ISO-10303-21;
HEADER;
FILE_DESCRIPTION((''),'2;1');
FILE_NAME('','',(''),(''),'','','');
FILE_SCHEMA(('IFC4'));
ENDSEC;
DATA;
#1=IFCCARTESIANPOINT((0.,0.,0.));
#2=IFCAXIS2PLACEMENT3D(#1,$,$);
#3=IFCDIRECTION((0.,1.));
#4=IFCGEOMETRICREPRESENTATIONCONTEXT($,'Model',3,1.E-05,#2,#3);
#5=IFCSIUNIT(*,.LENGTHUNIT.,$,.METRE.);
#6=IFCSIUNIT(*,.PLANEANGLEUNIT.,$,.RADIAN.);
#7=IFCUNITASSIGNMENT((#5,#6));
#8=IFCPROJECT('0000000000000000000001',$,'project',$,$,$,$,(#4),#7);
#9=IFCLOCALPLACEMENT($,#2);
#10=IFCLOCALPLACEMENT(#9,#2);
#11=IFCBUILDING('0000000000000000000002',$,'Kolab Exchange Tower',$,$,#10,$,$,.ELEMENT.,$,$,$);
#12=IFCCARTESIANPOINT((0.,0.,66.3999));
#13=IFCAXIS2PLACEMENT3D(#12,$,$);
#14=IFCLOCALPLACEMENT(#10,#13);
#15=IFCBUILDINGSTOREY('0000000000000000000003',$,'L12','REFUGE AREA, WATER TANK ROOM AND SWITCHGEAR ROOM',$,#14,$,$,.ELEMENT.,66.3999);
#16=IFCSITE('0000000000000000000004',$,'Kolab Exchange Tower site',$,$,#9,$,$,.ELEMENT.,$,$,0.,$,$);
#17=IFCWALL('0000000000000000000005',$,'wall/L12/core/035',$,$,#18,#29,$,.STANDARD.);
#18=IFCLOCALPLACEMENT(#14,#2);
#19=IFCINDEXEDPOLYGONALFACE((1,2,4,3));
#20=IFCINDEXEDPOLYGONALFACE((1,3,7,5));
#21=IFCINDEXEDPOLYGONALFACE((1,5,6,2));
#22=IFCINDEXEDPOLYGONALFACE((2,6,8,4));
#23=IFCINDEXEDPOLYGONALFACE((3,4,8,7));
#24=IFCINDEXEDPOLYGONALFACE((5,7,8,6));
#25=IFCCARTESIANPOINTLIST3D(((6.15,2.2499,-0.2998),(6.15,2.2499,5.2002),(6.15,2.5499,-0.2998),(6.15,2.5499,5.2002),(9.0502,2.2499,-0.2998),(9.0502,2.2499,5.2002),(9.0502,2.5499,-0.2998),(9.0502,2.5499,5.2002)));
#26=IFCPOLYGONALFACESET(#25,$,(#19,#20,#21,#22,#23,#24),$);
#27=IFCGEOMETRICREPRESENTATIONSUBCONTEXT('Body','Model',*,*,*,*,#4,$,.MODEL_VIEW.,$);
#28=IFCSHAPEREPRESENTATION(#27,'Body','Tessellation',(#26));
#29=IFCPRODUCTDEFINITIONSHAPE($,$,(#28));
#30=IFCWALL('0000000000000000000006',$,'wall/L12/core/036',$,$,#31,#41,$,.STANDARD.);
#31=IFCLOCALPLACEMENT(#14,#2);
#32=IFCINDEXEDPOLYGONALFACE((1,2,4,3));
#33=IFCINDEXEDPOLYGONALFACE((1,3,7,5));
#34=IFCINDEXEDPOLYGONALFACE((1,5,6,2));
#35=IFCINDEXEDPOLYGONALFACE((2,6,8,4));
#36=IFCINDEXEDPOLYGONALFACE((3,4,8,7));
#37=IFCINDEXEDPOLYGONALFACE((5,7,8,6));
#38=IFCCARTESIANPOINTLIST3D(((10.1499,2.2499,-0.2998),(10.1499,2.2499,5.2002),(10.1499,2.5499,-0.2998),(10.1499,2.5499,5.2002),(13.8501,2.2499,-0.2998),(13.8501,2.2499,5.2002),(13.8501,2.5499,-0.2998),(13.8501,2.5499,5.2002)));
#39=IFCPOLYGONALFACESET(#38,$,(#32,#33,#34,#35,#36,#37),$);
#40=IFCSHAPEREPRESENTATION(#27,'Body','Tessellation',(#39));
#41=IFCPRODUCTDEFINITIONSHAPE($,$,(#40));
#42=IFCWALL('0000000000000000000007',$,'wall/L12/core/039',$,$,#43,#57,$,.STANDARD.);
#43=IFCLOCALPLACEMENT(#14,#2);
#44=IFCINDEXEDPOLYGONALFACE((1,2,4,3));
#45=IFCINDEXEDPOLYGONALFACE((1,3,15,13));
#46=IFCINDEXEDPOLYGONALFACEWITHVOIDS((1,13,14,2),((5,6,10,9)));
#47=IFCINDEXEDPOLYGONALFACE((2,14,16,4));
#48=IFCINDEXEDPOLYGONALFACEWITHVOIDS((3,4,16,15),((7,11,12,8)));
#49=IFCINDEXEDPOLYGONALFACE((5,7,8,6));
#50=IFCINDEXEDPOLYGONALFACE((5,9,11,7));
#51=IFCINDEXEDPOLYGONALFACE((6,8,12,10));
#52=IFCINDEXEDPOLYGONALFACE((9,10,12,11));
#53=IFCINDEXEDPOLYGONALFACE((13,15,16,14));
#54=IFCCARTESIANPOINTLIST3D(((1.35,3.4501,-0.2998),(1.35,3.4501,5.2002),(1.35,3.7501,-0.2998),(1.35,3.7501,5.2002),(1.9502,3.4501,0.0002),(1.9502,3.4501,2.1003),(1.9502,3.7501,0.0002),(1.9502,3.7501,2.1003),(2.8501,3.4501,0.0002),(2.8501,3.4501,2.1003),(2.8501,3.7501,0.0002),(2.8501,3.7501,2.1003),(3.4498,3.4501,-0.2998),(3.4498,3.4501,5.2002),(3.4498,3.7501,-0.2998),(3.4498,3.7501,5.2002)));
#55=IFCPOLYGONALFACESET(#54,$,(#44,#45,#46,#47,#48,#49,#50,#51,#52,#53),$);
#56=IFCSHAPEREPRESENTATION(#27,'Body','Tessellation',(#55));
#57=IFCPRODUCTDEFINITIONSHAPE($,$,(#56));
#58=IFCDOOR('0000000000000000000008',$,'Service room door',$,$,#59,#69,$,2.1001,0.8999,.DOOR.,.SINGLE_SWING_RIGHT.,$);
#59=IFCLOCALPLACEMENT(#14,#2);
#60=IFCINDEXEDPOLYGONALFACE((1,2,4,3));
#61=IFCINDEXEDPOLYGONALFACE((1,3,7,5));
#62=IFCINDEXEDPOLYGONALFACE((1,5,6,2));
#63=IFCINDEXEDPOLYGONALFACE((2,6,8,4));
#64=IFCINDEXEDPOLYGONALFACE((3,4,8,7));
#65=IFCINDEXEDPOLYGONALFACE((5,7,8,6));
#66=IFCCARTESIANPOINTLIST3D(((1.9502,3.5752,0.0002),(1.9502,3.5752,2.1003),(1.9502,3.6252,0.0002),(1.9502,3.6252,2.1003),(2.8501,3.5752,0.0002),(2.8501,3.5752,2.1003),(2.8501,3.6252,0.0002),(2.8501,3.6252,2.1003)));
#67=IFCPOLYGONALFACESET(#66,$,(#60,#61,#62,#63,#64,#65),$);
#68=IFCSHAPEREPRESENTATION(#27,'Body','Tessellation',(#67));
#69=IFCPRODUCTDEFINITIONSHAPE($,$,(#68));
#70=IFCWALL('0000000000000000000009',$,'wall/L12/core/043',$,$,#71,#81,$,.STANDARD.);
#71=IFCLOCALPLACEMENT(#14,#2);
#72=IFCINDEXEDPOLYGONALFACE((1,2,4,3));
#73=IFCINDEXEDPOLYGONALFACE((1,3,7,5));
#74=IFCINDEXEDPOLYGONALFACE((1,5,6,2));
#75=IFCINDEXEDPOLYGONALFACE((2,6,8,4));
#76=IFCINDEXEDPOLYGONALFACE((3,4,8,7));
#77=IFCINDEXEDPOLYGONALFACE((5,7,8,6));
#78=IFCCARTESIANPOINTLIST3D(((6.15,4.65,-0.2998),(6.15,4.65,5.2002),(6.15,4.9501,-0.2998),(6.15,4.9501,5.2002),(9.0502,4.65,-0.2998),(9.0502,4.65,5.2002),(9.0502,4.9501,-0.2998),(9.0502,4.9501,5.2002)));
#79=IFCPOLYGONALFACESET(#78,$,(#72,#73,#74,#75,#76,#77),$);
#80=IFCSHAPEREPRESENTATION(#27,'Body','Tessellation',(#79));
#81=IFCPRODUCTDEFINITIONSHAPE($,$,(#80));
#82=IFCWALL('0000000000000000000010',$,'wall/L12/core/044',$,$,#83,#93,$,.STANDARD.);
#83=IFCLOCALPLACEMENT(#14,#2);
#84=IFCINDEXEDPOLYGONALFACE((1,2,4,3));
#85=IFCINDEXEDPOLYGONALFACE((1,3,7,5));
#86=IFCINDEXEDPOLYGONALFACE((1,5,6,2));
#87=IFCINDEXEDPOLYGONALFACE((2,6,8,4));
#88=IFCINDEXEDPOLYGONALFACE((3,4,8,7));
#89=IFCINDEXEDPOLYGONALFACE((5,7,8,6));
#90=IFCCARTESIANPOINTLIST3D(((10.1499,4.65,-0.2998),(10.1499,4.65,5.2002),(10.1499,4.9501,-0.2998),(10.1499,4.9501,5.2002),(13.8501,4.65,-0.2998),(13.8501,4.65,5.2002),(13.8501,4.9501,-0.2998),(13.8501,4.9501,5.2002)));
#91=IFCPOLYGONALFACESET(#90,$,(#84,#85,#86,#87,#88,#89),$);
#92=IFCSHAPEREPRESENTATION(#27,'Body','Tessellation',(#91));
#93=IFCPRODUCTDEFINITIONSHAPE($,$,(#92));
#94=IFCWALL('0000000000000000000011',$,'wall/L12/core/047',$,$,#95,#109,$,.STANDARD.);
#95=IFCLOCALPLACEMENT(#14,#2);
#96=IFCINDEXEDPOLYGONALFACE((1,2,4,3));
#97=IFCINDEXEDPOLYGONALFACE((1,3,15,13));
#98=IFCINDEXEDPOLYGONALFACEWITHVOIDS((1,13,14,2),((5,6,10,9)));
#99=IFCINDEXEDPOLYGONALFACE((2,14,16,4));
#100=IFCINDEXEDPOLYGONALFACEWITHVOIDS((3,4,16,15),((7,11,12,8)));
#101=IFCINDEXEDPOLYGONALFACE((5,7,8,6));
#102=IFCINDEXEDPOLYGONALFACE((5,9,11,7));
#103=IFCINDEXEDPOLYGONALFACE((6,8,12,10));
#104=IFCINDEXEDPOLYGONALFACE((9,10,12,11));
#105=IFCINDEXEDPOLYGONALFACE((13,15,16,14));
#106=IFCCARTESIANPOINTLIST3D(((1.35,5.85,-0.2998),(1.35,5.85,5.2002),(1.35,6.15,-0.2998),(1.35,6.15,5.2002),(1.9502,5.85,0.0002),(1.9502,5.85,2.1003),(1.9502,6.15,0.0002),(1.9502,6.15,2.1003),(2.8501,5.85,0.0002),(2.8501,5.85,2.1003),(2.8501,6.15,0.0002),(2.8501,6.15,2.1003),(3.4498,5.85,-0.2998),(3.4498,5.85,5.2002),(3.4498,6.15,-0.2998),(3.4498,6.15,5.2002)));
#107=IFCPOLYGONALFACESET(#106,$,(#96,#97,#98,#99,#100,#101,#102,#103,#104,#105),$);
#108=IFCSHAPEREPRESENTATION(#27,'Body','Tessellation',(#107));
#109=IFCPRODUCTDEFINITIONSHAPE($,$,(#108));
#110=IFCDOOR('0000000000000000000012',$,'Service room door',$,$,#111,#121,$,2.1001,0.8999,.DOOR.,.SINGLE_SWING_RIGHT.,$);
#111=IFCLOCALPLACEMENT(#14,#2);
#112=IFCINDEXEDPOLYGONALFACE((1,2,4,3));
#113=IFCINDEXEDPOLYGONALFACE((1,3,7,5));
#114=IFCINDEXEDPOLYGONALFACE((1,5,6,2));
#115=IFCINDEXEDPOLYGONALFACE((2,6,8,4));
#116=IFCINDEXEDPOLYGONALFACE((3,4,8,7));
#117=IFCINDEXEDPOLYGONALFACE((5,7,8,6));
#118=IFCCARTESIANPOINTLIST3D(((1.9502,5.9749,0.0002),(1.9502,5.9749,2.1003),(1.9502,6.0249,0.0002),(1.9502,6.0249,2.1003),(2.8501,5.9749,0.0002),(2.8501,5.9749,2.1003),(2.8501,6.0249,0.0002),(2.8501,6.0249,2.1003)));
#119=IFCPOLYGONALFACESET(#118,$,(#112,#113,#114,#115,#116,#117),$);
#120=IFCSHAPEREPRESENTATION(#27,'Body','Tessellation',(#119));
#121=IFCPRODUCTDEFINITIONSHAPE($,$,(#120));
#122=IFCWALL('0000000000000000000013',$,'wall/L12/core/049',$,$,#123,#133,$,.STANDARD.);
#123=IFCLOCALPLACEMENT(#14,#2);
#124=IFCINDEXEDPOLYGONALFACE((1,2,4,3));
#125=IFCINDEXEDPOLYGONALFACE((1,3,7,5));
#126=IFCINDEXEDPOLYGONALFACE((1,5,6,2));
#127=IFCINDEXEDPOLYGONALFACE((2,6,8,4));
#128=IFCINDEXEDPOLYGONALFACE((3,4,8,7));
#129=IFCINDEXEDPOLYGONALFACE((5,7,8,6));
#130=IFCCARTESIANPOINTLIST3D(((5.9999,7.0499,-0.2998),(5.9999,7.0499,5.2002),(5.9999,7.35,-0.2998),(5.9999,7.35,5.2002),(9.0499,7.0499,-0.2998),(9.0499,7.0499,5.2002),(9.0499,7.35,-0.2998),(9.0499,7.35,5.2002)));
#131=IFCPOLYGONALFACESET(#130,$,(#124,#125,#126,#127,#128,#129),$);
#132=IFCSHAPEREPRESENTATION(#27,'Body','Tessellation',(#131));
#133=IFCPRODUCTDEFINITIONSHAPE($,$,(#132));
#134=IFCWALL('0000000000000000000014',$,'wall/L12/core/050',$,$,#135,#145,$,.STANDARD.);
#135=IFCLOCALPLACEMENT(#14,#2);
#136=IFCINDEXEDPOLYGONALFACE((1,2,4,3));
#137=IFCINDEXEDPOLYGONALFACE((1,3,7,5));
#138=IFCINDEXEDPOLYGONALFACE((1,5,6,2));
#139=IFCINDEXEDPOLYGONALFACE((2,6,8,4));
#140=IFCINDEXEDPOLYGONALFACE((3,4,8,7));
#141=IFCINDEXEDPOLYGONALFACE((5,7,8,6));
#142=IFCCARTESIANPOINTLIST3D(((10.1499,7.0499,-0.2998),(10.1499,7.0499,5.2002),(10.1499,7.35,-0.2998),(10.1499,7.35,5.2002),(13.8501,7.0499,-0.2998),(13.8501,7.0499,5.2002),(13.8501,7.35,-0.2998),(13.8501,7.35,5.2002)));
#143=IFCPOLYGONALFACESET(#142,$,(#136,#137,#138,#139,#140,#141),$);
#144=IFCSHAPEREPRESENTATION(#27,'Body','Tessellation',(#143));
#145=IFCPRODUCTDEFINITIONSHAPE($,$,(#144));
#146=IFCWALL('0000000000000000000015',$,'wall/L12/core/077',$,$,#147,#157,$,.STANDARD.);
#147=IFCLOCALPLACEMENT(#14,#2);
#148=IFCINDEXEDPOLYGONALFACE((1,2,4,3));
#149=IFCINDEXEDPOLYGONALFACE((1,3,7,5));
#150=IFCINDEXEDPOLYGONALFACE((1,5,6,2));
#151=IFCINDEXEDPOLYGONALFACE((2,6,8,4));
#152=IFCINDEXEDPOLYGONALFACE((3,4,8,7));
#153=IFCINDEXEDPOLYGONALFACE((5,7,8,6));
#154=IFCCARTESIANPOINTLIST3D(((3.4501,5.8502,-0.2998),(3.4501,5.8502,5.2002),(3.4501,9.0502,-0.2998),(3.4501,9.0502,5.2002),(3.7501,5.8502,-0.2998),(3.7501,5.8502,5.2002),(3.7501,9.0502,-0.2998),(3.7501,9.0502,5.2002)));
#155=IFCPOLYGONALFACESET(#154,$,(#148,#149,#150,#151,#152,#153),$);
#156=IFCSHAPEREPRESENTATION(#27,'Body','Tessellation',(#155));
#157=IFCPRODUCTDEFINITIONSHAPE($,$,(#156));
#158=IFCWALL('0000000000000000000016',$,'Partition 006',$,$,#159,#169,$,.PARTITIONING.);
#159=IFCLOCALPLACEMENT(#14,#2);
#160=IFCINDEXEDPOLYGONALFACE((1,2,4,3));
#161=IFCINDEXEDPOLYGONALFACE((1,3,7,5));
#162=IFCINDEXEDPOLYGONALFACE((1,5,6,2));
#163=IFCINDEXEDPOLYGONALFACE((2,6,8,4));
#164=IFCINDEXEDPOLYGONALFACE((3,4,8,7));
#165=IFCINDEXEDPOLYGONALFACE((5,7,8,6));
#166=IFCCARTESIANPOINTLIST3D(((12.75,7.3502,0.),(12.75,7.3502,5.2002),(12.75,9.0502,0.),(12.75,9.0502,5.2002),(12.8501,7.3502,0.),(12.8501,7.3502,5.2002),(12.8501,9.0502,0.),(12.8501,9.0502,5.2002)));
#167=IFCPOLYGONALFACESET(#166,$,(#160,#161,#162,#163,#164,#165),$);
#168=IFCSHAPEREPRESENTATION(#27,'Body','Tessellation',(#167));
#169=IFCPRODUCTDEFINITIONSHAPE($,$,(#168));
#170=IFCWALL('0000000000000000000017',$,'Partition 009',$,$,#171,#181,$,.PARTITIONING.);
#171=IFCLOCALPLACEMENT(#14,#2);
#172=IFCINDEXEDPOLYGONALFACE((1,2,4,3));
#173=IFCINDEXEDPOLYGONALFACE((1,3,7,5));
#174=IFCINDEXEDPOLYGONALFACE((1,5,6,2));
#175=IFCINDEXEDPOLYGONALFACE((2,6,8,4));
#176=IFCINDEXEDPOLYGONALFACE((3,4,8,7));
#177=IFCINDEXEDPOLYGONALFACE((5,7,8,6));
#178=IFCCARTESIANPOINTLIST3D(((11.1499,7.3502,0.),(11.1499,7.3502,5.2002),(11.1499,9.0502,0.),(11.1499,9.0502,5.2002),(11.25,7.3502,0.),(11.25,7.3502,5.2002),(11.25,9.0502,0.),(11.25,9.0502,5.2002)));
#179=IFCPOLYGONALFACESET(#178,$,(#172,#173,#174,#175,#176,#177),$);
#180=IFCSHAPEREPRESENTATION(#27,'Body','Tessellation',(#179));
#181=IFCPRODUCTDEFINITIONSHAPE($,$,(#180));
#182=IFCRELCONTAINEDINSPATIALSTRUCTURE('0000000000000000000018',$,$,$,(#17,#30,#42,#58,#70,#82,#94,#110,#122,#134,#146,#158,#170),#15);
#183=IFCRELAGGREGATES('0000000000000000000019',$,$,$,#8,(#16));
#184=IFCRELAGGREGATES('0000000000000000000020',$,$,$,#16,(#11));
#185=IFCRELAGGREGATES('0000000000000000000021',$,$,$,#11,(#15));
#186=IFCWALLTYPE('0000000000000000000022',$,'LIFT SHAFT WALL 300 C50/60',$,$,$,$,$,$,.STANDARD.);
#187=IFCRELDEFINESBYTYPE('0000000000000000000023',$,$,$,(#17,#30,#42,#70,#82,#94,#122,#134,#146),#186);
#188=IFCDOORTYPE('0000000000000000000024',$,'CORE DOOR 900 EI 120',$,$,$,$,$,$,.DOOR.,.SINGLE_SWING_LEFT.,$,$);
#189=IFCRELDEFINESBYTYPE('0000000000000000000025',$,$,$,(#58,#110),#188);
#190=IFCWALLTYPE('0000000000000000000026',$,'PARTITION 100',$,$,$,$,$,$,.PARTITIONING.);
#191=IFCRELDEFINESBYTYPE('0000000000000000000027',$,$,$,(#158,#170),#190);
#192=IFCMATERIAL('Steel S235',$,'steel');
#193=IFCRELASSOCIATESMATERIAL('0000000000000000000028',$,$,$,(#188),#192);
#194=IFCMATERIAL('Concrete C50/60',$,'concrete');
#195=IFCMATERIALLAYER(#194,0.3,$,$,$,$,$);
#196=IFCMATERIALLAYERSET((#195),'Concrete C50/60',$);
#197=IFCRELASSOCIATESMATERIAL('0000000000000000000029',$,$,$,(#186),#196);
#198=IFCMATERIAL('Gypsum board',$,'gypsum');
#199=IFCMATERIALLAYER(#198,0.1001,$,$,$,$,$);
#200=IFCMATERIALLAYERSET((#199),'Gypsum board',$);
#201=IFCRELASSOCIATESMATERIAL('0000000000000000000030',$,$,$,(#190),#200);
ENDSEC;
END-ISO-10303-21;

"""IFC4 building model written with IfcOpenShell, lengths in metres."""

from ifc_helpers import new_model, si_unit, direction, frame, frame_2d, origin, place, context, subcontext, project, spatial, rectangle, extrude, material, layer, layer_set, type_object, element, fill, save


model = new_model("IFC4")

# Units and contexts
model_context = context("Model", 3, precision=1e-05, world=origin(), true_north=direction((0.0, 1.0)))
body_context = subcontext(model_context, "Body", "Model", "MODEL_VIEW")
ifc_project = project(units=[si_unit("LENGTHUNIT", "METRE"), si_unit("PLANEANGLEUNIT", "RADIAN")], contexts=[model_context])

# Site, building, storey
site_placement = place(None, origin())
site = spatial("IfcSite", under=ifc_project, at=site_placement, Name="Kolab Exchange Tower site", CompositionType="ELEMENT", RefElevation=0.0)
building_placement = place(site_placement, origin())
building = spatial("IfcBuilding", under=site, at=building_placement, Name="Kolab Exchange Tower", CompositionType="ELEMENT")
storey_placement = place(building_placement, frame((0.0, 0.0, 66.3999)))
storey = spatial("IfcBuildingStorey", under=building, at=storey_placement, Name="L12", Description="REFUGE AREA, WATER TANK ROOM AND SWITCHGEAR ROOM", CompositionType="ELEMENT", Elevation=66.3999)

# Shared definitions
ifc_material_1 = material(Name="Steel S235", Category="steel")
door_type_1 = type_object("IfcDoorType", Name="CORE DOOR 900 EI 120", OperationType="SINGLE_SWING_LEFT", PredefinedType="DOOR", material=ifc_material_1)

# Walls
ifc_material_2 = material(Name="Concrete C50/60", Category="concrete")
ifc_layer_1 = layer(ifc_material_2, 0.3)
ifc_layer_set_1 = layer_set([ifc_layer_1], Name="Concrete C50/60")
wall_type_1 = type_object("IfcWallType", Name="LIFT SHAFT WALL 300 C50/60", PredefinedType="STANDARD", material=ifc_layer_set_1)
wall_1_placement = place(storey_placement, frame((6.1499, 2.3999, -0.2998), z_axis=(0.0, 0.0, 1.0), x_axis=(1.0, 0.0, 0.0)))
element("IfcWall", 1, at=wall_1_placement, inside=storey, type_object=wall_type_1, Name="wall/L12/core/035", PredefinedType="STANDARD", context=body_context, shape_type="SweptSolid", body=[
    extrude(rectangle(XDim=2.9001, YDim=0.3, at=frame_2d((1.4502, 0.0))), origin(), (0.0, 0.0, 1.0), 5.5),
])
wall_2_placement = place(storey_placement, frame((10.1499, 2.3999, -0.2998), z_axis=(0.0, 0.0, 1.0), x_axis=(1.0, 0.0, 0.0)))
element("IfcWall", 2, at=wall_2_placement, inside=storey, type_object=wall_type_1, Name="wall/L12/core/036", PredefinedType="STANDARD", context=body_context, shape_type="SweptSolid", body=[
    extrude(rectangle(XDim=3.7002, YDim=0.3, at=frame_2d((1.8501, 0.0))), origin(), (0.0, 0.0, 1.0), 5.5),
])

# Wall, opening, door
wall_3_placement = place(storey_placement, frame((1.3501, 3.6001, -0.2998), z_axis=(0.0, 0.0, 1.0), x_axis=(1.0, 0.0, 0.0)))
wall_3 = element("IfcWall", 3, at=wall_3_placement, inside=storey, type_object=wall_type_1, Name="wall/L12/core/039", PredefinedType="STANDARD", context=body_context, shape_type="SweptSolid", body=[
    extrude(rectangle(XDim=2.0999, YDim=0.3, at=frame_2d((1.0498, 0.0))), origin(), (0.0, 0.0, 1.0), 5.5),
])
opening_1_placement = place(wall_3_placement, frame((0.6001, 0.0, 0.3)))
opening_1 = element("IfcOpeningElement", 4, at=opening_1_placement, cuts=wall_3, PredefinedType="OPENING", context=body_context, shape_type="SweptSolid", body=[
    extrude(rectangle(XDim=0.8999, YDim=2.1001, at=frame_2d((0.45, 1.05))), frame((0.0, 0.1602, 0.0), z_axis=(0.0, -1.0, 0.0), x_axis=(1.0, 0.0, 0.0)), (0.0, 0.0, 1.0), 0.3201),
])
door_1_placement = place(opening_1_placement, frame((0.8999, 0.0, 0.0), z_axis=(0.0, 0.0, 1.0), x_axis=(-1.0, 0.0, 0.0)))
door_1 = element("IfcDoor", 5, at=door_1_placement, inside=storey, type_object=door_type_1, Name="Service room door", OperationType="SINGLE_SWING_RIGHT", OverallHeight=2.1001, OverallWidth=0.8999, PredefinedType="DOOR", context=body_context, shape_type="SweptSolid", body=[
    extrude(rectangle(XDim=0.8999, YDim=2.1001, at=frame_2d((0.45, 1.05))), frame((0.0, 0.0249, 0.0), z_axis=(0.0, -1.0, 0.0), x_axis=(1.0, 0.0, 0.0)), (0.0, 0.0, 1.0), 0.05),
])
fill(opening_1, door_1)

# Walls
wall_4_placement = place(storey_placement, frame((6.1499, 4.8, -0.2998), z_axis=(0.0, 0.0, 1.0), x_axis=(1.0, 0.0, 0.0)))
element("IfcWall", 6, at=wall_4_placement, inside=storey, type_object=wall_type_1, Name="wall/L12/core/043", PredefinedType="STANDARD", context=body_context, shape_type="SweptSolid", body=[
    extrude(rectangle(XDim=2.9001, YDim=0.3, at=frame_2d((1.4502, 0.0))), origin(), (0.0, 0.0, 1.0), 5.5),
])
wall_5_placement = place(storey_placement, frame((10.1499, 4.8, -0.2998), z_axis=(0.0, 0.0, 1.0), x_axis=(1.0, 0.0, 0.0)))
element("IfcWall", 7, at=wall_5_placement, inside=storey, type_object=wall_type_1, Name="wall/L12/core/044", PredefinedType="STANDARD", context=body_context, shape_type="SweptSolid", body=[
    extrude(rectangle(XDim=3.7002, YDim=0.3, at=frame_2d((1.8501, 0.0))), origin(), (0.0, 0.0, 1.0), 5.5),
])

# Wall, opening, door
wall_6_placement = place(storey_placement, frame((1.3501, 6.0, -0.2998), z_axis=(0.0, 0.0, 1.0), x_axis=(1.0, 0.0, 0.0)))
wall_6 = element("IfcWall", 8, at=wall_6_placement, inside=storey, type_object=wall_type_1, Name="wall/L12/core/047", PredefinedType="STANDARD", context=body_context, shape_type="SweptSolid", body=[
    extrude(rectangle(XDim=2.0999, YDim=0.3, at=frame_2d((1.0498, 0.0))), origin(), (0.0, 0.0, 1.0), 5.5),
])
opening_2_placement = place(wall_6_placement, frame((0.6001, 0.0, 0.3)))
opening_2 = element("IfcOpeningElement", 9, at=opening_2_placement, cuts=wall_6, PredefinedType="OPENING", context=body_context, shape_type="SweptSolid", body=[
    extrude(rectangle(XDim=0.8999, YDim=2.1001, at=frame_2d((0.45, 1.05))), frame((0.0, 0.1602, 0.0), z_axis=(0.0, -1.0, 0.0), x_axis=(1.0, 0.0, 0.0)), (0.0, 0.0, 1.0), 0.3201),
])
door_2_placement = place(opening_2_placement, origin())
door_2 = element("IfcDoor", 10, at=door_2_placement, inside=storey, type_object=door_type_1, Name="Service room door", OperationType="SINGLE_SWING_RIGHT", OverallHeight=2.1001, OverallWidth=0.8999, PredefinedType="DOOR", context=body_context, shape_type="SweptSolid", body=[
    extrude(rectangle(XDim=0.8999, YDim=2.1001, at=frame_2d((0.45, 1.05))), frame((0.0, 0.0249, 0.0), z_axis=(0.0, -1.0, 0.0), x_axis=(1.0, 0.0, 0.0)), (0.0, 0.0, 1.0), 0.05),
])
fill(opening_2, door_2)

# Walls
wall_7_placement = place(storey_placement, frame((6.0, 7.2, -0.2998), z_axis=(0.0, 0.0, 1.0), x_axis=(1.0, 0.0, 0.0)))
element("IfcWall", 11, at=wall_7_placement, inside=storey, type_object=wall_type_1, Name="wall/L12/core/049", PredefinedType="STANDARD", context=body_context, shape_type="SweptSolid", body=[
    extrude(rectangle(XDim=3.05, YDim=0.3, at=frame_2d((1.5249, 0.0))), origin(), (0.0, 0.0, 1.0), 5.5),
])
wall_8_placement = place(storey_placement, frame((10.1499, 7.2, -0.2998), z_axis=(0.0, 0.0, 1.0), x_axis=(1.0, 0.0, 0.0)))
element("IfcWall", 12, at=wall_8_placement, inside=storey, type_object=wall_type_1, Name="wall/L12/core/050", PredefinedType="STANDARD", context=body_context, shape_type="SweptSolid", body=[
    extrude(rectangle(XDim=3.7002, YDim=0.3, at=frame_2d((1.8501, 0.0))), origin(), (0.0, 0.0, 1.0), 5.5),
])
wall_9_placement = place(storey_placement, frame((3.6001, 5.8501, -0.2998), z_axis=(0.0, 0.0, 1.0), x_axis=(0.0, 1.0, 0.0)))
element("IfcWall", 13, at=wall_9_placement, inside=storey, type_object=wall_type_1, Name="wall/L12/core/077", PredefinedType="STANDARD", context=body_context, shape_type="SweptSolid", body=[
    extrude(rectangle(XDim=3.2, YDim=0.3, at=frame_2d((1.6001, 0.0))), origin(), (0.0, 0.0, 1.0), 5.5),
])
ifc_material_3 = material(Name="Gypsum board", Category="gypsum")
ifc_layer_2 = layer(ifc_material_3, 0.1001)
ifc_layer_set_2 = layer_set([ifc_layer_2], Name="Gypsum board")
wall_type_2 = type_object("IfcWallType", Name="PARTITION 100", PredefinedType="PARTITIONING", material=ifc_layer_set_2)
for number, where, z_axis, x_axis, name in (
    (14, (12.8, 7.3501, 0.0), (0.0, 0.0, 1.0), (0.0, 1.0, 0.0), "Partition 006"),
    (15, (11.2, 7.3501, 0.0), (0.0, 0.0, 1.0), (0.0, 1.0, 0.0), "Partition 009"),
):
    element("IfcWall", number, at=place(storey_placement, frame(where, z_axis=z_axis, x_axis=x_axis)), inside=storey, type_object=wall_type_2, Name=name, PredefinedType="PARTITIONING", context=body_context, shape_type="SweptSolid", body=[
        extrude(rectangle(XDim=1.7, YDim=0.1001, at=frame_2d((0.8501, 0.0))), origin(), (0.0, 0.0, 1.0), 5.2002),
    ])

save(model, "model.ifc")
